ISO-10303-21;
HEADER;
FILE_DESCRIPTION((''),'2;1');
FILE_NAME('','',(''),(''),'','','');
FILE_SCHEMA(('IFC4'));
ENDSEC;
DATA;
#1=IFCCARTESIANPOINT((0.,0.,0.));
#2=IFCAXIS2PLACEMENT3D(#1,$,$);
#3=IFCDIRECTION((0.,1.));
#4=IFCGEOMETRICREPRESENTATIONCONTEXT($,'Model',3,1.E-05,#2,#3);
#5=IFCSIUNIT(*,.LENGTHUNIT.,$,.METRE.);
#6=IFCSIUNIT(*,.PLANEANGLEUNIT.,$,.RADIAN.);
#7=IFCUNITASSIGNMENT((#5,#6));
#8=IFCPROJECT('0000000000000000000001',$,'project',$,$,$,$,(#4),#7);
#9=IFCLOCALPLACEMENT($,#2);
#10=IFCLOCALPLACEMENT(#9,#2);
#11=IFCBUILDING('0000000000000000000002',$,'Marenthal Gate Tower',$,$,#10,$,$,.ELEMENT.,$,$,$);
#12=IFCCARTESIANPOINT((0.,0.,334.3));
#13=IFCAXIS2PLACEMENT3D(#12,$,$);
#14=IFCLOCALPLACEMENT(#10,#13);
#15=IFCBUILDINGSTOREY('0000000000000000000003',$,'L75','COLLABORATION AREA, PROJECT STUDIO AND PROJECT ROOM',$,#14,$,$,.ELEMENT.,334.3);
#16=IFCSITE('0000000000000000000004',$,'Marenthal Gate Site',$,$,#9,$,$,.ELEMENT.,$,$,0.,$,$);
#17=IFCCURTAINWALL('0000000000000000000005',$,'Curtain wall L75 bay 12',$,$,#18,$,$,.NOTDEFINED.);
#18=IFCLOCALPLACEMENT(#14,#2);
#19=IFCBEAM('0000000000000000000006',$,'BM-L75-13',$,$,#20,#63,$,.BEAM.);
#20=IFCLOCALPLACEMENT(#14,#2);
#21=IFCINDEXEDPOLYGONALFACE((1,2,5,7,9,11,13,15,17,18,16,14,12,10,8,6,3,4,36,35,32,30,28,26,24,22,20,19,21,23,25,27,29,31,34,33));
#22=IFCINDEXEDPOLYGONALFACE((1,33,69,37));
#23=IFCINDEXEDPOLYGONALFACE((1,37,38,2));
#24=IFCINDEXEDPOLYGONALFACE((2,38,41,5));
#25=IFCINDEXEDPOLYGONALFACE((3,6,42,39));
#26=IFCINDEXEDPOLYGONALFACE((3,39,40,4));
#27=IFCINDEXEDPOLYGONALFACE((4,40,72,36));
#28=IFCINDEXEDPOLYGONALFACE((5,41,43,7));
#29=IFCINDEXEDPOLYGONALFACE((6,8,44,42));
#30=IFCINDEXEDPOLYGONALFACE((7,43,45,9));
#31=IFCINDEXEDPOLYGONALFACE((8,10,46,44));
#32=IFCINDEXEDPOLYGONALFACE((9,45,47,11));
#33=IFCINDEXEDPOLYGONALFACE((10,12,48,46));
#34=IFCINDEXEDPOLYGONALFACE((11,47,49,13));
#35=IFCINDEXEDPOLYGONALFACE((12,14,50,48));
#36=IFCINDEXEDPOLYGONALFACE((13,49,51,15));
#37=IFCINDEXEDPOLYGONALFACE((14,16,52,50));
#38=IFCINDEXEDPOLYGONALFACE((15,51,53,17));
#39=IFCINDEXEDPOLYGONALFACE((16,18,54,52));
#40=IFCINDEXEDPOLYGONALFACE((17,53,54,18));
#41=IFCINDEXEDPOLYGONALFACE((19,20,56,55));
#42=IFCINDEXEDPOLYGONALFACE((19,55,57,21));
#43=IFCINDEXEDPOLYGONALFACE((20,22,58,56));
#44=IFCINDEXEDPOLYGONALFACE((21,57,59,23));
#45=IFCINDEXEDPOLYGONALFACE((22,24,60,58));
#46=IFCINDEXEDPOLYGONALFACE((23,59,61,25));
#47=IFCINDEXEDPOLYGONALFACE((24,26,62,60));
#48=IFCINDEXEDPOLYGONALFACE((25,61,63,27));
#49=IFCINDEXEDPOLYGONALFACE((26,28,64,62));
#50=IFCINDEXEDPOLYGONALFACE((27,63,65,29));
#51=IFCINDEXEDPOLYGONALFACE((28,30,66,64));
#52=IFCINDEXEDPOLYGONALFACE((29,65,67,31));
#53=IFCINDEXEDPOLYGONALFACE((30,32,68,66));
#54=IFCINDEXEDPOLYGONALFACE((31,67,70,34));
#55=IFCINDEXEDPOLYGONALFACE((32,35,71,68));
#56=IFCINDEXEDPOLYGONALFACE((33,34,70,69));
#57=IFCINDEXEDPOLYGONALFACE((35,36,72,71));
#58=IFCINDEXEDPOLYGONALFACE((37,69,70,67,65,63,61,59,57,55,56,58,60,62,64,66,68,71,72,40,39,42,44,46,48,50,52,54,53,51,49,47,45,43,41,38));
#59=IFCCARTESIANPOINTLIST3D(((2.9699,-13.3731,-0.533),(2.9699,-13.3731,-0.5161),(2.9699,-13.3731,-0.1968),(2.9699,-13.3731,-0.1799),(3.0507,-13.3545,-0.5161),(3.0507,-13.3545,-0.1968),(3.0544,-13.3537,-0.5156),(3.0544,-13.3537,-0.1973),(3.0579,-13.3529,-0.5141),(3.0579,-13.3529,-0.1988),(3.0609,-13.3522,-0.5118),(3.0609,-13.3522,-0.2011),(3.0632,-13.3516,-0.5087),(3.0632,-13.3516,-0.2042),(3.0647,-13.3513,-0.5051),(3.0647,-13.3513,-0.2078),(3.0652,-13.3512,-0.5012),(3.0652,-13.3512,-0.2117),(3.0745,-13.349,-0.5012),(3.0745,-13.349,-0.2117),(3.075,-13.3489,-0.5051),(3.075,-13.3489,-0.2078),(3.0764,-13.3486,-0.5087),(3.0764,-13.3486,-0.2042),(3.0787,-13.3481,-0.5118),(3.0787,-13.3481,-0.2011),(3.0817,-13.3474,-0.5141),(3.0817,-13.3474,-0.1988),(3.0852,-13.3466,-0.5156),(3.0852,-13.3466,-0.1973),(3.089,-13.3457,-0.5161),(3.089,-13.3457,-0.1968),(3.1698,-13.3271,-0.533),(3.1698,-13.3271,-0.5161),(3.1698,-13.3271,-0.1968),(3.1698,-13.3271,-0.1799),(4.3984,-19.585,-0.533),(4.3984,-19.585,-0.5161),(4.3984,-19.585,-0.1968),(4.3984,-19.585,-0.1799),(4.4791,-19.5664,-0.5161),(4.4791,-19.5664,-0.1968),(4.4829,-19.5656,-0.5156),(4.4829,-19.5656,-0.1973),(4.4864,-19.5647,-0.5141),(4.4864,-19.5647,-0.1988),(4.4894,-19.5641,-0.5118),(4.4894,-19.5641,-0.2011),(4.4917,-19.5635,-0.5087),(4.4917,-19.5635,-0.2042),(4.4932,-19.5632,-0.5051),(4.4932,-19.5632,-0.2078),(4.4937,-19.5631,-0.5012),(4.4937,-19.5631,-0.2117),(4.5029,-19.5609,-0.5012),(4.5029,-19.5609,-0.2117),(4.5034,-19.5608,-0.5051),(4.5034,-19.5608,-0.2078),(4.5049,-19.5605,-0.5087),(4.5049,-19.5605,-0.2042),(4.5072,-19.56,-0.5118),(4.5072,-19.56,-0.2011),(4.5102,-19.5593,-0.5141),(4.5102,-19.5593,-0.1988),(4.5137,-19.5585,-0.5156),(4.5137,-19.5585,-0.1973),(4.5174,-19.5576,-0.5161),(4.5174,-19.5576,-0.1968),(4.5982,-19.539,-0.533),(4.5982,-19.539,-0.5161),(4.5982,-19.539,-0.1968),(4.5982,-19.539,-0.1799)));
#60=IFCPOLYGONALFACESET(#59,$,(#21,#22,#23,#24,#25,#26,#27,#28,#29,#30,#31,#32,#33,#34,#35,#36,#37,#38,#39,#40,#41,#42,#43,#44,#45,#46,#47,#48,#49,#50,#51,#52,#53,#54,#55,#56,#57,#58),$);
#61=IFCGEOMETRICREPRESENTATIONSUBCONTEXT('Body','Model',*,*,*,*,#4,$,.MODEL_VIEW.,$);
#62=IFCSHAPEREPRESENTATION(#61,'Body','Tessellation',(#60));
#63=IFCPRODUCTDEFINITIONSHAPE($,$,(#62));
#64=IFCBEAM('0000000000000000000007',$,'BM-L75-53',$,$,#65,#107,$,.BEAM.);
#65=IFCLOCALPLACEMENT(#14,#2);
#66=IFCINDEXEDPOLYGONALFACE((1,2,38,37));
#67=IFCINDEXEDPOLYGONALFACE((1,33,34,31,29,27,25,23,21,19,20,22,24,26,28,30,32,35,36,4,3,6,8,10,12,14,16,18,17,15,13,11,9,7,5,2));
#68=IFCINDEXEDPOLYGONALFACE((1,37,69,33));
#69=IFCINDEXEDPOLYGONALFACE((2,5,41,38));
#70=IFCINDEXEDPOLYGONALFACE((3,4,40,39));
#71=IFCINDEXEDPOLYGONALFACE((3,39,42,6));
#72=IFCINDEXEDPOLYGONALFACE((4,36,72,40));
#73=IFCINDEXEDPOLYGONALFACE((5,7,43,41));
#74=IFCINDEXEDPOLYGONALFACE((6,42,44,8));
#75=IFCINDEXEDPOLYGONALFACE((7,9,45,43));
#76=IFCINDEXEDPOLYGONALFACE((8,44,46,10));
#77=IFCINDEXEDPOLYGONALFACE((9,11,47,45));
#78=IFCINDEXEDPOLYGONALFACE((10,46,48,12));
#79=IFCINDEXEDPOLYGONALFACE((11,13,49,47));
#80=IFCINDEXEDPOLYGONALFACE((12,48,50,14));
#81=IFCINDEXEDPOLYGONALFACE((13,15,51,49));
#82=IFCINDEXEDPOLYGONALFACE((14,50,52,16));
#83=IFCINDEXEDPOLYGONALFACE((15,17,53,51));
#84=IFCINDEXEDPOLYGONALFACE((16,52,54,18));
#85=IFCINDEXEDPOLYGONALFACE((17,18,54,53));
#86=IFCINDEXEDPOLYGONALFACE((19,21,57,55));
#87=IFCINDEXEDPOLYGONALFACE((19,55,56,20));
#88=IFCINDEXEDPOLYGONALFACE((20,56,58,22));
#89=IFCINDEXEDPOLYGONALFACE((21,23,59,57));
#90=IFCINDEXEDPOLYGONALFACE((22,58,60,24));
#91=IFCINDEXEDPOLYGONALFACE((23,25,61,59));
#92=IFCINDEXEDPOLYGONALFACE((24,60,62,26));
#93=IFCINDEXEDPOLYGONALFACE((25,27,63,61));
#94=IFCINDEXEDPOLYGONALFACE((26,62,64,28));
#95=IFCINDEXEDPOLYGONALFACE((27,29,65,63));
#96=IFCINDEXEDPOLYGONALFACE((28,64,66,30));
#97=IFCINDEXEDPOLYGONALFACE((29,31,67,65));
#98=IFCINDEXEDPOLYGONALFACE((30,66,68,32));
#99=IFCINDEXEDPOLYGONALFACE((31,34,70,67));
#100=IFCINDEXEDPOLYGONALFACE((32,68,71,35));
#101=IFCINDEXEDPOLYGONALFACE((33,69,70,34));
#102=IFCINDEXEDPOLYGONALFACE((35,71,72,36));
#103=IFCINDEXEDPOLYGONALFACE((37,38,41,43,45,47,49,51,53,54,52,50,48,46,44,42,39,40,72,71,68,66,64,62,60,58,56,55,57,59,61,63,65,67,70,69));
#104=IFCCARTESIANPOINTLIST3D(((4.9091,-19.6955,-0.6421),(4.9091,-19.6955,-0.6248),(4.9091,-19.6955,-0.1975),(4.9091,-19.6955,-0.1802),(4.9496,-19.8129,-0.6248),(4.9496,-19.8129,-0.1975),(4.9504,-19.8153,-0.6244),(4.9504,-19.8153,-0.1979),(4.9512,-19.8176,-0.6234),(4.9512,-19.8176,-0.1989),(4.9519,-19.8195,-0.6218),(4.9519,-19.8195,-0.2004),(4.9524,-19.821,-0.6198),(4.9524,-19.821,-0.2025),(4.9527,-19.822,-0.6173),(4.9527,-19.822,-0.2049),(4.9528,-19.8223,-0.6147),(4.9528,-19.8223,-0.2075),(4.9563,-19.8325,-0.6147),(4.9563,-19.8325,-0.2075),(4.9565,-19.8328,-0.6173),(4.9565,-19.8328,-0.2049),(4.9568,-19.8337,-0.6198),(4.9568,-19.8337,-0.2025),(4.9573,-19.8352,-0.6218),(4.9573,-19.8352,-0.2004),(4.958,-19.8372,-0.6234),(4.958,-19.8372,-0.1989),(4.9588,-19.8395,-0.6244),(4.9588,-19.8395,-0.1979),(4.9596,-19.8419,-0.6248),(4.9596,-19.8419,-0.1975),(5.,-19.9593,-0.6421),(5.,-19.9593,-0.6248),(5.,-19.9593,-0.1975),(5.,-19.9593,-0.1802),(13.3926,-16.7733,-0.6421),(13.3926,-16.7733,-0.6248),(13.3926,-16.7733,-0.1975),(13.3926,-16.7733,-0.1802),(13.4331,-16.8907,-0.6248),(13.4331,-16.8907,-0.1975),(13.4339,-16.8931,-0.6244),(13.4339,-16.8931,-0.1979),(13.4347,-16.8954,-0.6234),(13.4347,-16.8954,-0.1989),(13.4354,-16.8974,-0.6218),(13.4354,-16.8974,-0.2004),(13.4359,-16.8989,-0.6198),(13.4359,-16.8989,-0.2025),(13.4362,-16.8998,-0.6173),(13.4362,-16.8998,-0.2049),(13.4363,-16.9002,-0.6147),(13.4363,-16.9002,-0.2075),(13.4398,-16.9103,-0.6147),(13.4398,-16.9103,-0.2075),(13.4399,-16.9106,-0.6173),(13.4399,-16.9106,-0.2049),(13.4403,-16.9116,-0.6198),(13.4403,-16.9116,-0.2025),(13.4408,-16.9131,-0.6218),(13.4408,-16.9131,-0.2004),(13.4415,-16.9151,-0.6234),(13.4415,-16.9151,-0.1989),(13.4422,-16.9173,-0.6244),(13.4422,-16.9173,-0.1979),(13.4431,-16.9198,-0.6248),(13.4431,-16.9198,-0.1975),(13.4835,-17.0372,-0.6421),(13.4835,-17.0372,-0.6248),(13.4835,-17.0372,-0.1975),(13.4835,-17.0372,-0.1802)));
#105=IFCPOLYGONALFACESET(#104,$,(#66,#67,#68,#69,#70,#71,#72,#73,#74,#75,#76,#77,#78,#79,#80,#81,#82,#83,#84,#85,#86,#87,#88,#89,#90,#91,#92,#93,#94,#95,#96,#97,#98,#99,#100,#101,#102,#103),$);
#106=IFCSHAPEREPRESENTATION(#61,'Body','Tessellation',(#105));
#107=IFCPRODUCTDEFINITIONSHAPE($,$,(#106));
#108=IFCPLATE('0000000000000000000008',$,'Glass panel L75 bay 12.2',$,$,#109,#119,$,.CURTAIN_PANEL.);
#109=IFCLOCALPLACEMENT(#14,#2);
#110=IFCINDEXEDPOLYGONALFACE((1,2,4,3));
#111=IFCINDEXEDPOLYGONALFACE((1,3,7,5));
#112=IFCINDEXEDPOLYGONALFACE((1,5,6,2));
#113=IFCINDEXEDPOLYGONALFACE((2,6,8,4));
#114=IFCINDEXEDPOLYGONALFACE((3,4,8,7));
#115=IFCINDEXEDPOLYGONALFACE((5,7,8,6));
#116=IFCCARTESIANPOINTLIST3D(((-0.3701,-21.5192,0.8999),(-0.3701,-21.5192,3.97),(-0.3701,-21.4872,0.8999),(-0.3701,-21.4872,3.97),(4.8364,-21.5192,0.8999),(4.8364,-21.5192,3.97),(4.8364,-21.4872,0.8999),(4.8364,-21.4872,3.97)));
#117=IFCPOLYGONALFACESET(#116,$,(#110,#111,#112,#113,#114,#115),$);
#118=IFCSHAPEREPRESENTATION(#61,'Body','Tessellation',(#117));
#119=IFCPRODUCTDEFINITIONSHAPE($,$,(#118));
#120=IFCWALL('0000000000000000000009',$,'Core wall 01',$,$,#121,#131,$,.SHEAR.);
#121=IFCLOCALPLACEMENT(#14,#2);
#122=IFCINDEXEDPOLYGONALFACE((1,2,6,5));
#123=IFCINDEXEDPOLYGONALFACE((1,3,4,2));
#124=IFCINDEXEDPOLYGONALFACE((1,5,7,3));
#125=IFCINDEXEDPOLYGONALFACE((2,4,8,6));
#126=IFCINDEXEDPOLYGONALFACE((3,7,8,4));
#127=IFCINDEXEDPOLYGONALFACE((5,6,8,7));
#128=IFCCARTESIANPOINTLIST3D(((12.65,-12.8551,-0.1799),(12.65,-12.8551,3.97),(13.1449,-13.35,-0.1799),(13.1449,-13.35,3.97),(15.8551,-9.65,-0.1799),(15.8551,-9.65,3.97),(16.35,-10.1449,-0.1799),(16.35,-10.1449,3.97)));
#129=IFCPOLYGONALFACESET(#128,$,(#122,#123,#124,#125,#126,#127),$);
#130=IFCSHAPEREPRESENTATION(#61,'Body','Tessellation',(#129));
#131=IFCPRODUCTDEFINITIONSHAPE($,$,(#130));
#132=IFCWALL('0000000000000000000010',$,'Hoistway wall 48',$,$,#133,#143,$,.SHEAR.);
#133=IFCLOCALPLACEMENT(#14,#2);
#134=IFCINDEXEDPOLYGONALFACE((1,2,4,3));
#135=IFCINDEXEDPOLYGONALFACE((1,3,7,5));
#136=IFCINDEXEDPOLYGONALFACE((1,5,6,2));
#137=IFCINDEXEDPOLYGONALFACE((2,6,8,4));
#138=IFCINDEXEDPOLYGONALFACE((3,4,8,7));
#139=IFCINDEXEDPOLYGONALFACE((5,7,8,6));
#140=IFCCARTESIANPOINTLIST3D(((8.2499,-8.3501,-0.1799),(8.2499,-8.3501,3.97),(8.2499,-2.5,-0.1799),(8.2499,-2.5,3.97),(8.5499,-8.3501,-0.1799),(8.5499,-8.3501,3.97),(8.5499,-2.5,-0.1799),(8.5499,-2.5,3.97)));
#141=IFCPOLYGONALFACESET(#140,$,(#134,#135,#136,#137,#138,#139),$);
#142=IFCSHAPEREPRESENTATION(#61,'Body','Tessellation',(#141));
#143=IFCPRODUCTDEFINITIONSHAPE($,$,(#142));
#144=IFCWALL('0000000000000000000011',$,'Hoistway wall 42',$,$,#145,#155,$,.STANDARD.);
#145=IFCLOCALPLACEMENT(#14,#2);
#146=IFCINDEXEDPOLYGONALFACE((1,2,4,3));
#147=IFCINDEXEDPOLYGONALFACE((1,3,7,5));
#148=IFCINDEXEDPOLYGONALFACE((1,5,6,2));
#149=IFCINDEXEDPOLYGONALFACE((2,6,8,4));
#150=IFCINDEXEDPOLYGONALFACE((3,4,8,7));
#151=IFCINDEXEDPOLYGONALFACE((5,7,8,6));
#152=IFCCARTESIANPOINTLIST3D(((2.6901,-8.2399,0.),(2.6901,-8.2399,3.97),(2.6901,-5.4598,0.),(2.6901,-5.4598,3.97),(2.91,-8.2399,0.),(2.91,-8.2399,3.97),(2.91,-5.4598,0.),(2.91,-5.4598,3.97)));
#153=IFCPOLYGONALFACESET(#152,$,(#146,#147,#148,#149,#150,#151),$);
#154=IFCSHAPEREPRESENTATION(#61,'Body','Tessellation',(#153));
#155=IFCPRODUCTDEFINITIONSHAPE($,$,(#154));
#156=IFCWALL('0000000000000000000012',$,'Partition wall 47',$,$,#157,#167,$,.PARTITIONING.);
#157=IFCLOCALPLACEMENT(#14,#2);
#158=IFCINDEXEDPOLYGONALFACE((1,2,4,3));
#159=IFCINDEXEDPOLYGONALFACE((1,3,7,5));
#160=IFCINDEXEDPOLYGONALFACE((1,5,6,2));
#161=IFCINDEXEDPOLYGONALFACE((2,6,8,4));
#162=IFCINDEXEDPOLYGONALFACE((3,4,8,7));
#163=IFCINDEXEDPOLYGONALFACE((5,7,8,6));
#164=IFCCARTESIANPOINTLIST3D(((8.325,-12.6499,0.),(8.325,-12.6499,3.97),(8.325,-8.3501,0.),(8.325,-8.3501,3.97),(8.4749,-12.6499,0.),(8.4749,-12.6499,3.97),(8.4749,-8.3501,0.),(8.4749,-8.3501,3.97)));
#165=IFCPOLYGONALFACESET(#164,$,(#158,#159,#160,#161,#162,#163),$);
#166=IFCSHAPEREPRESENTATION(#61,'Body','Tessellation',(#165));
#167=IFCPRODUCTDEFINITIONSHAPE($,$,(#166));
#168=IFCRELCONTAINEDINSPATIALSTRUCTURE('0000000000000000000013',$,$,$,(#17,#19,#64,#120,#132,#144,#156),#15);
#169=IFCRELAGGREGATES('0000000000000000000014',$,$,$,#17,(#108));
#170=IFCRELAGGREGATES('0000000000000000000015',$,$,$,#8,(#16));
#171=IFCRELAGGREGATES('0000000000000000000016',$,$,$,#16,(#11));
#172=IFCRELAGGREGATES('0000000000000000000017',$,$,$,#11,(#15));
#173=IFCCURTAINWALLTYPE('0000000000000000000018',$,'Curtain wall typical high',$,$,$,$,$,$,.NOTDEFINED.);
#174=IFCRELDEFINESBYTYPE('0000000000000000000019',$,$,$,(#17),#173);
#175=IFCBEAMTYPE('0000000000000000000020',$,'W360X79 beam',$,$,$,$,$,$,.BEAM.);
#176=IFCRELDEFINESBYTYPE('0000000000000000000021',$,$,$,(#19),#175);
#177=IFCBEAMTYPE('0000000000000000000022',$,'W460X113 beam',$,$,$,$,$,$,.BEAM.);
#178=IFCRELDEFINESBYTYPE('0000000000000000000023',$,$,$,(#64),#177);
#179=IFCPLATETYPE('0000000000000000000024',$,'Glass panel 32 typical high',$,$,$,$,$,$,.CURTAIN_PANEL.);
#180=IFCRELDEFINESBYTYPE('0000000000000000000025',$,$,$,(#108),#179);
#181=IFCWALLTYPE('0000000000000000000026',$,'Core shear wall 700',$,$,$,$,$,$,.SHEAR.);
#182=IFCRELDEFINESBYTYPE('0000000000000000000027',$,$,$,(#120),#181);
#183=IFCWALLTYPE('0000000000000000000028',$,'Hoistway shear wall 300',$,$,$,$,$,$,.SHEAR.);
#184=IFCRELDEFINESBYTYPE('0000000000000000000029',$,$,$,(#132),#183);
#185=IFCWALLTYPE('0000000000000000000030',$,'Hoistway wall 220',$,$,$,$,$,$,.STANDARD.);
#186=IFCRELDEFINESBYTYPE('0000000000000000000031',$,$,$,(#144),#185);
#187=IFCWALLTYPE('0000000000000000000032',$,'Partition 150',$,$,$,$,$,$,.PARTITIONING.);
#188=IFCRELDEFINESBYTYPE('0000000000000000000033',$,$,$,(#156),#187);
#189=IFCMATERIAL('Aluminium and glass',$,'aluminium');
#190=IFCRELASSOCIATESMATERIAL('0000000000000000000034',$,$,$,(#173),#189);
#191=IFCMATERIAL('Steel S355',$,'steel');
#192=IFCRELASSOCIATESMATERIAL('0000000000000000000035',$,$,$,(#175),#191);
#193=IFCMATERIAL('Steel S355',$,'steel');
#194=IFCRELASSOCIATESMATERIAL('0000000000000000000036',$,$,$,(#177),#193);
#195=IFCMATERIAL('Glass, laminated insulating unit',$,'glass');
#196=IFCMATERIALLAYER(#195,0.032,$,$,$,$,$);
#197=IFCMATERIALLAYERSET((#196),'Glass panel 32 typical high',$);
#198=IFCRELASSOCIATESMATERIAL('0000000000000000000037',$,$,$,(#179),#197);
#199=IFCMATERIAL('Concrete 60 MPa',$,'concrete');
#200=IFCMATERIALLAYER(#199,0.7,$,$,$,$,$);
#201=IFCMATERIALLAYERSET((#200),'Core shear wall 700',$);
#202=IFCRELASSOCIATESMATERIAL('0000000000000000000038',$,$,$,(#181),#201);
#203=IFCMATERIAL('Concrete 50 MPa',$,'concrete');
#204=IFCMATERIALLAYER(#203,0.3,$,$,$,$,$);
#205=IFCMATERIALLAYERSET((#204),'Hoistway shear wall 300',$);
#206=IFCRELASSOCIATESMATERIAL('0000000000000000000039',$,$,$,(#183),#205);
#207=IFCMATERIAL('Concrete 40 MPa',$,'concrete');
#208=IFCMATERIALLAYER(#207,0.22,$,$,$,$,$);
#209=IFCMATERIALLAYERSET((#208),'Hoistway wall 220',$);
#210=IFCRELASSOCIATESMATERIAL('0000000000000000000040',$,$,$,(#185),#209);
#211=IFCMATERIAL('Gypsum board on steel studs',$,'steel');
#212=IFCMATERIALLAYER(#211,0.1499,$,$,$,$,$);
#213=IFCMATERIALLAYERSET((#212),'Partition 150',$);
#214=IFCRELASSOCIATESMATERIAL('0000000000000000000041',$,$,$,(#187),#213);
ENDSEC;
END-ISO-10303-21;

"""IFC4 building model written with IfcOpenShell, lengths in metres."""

from ifc_helpers import new_model, si_unit, direction, frame, frame_2d, origin, origin_2d, place, context, subcontext, project, spatial, rectangle, i_section, extrude, material, layer, layer_set, material_profile, profile_set, type_object, element, aggregate, save


model = new_model("IFC4")

# Units and contexts
model_context = context("Model", 3, precision=1e-05, world=origin(), true_north=direction((0.0, 1.0)))
body_context = subcontext(model_context, "Body", "Model", "MODEL_VIEW")
ifc_project = project(units=[si_unit("LENGTHUNIT", "METRE"), si_unit("PLANEANGLEUNIT", "RADIAN")], contexts=[model_context])

# Site, building, storey
site_placement = place(None, origin())
site = spatial("IfcSite", under=ifc_project, at=site_placement, Name="Marenthal Gate Site", CompositionType="ELEMENT", RefElevation=0.0)
building_placement = place(site_placement, origin())
building = spatial("IfcBuilding", under=site, at=building_placement, Name="Marenthal Gate Tower", CompositionType="ELEMENT")
storey_placement = place(building_placement, frame((0.0, 0.0, 334.3)))
storey = spatial("IfcBuildingStorey", under=building, at=storey_placement, Name="L75", Description="COLLABORATION AREA, PROJECT STUDIO AND PROJECT ROOM", CompositionType="ELEMENT", Elevation=334.3)

# Curtain wall
ifc_material_1 = material(Name="Aluminium and glass", Category="aluminium")
curtain_wall_type = type_object("IfcCurtainWallType", Name="Curtain wall typical high", PredefinedType="NOTDEFINED", material=ifc_material_1)
curtain_wall_placement = place(storey_placement, origin())
curtain_wall = element("IfcCurtainWall", 1, at=curtain_wall_placement, inside=storey, type_object=curtain_wall_type, Name="Curtain wall L75 bay 12", PredefinedType="NOTDEFINED")

# Beams
ifc_material_2 = material(Name="Steel S355", Category="steel")
ifc_material_profile_1 = material_profile(ifc_material_2, i_section(OverallWidth=0.2051, OverallDepth=0.353, WebThickness=0.0095, FlangeThickness=0.0168, FilletRadius=0.0149, at=origin_2d()), Name="W360X79")
ifc_profile_set_1 = profile_set([ifc_material_profile_1], Name="Steel S355")
beam_type_1 = type_object("IfcBeamType", Name="W360X79 beam", PredefinedType="BEAM", material=ifc_profile_set_1)
beam_1_placement = place(storey_placement, frame((4.4983, -19.562, -0.3564), z_axis=(-0.224107, 0.974565, 0.0), x_axis=(-0.974565, -0.224107, 0.0)))
element("IfcBeam", 2, at=beam_1_placement, inside=storey, type_object=beam_type_1, Name="BM-L75-13", PredefinedType="BEAM", context=body_context, shape_type="SweptSolid", body=[
    extrude(i_section(OverallWidth=0.2051, OverallDepth=0.353, WebThickness=0.0095, FlangeThickness=0.0168, FilletRadius=0.0149, at=origin_2d()), origin(), (0.0, 0.0, 1.0), 6.374),
])
ifc_material_3 = material(Name="Steel S355", Category="steel")
ifc_material_profile_2 = material_profile(ifc_material_3, i_section(OverallWidth=0.2791, OverallDepth=0.4619, WebThickness=0.0107, FlangeThickness=0.0173, FilletRadius=0.01, at=origin_2d()), Name="W460X113")
ifc_profile_set_2 = profile_set([ifc_material_profile_2], Name="Steel S355")
beam_type_2 = type_object("IfcBeamType", Name="W460X113 beam", PredefinedType="BEAM", material=ifc_profile_set_2)
beam_2_placement = place(storey_placement, frame((4.9546, -19.8274, -0.4111), z_axis=(0.945483, 0.325673, 0.0), x_axis=(-0.325673, 0.945483, 0.0)))
element("IfcBeam", 3, at=beam_2_placement, inside=storey, type_object=beam_type_2, Name="BM-L75-53", PredefinedType="BEAM", context=body_context, shape_type="SweptSolid", body=[
    extrude(i_section(OverallWidth=0.2791, OverallDepth=0.4619, WebThickness=0.0107, FlangeThickness=0.0173, FilletRadius=0.01, at=origin_2d()), origin(), (0.0, 0.0, 1.0), 8.9727),
])

# Plate
ifc_material_4 = material(Name="Glass, laminated insulating unit", Category="glass")
ifc_layer_1 = layer(ifc_material_4, 0.032)
ifc_layer_set_1 = layer_set([ifc_layer_1], Name="Glass panel 32 typical high")
plate_type = type_object("IfcPlateType", Name="Glass panel 32 typical high", PredefinedType="CURTAIN_PANEL", material=ifc_layer_set_1)
plate_placement = place(storey_placement, frame((2.2332, -21.5032, 0.8999), z_axis=(0.0, 0.0, 1.0), x_axis=(1.0, 0.0, 0.0)))
plate = element("IfcPlate", 4, at=plate_placement, type_object=plate_type, Name="Glass panel L75 bay 12.2", PredefinedType="CURTAIN_PANEL", context=body_context, shape_type="SweptSolid", body=[
    extrude(rectangle(XDim=5.2065, YDim=0.032, at=origin_2d()), origin(), (0.0, 0.0, 1.0), 3.0701),
])
aggregate(curtain_wall, [plate])

# Walls
ifc_material_5 = material(Name="Concrete 60 MPa", Category="concrete")
ifc_layer_2 = layer(ifc_material_5, 0.7)
ifc_layer_set_2 = layer_set([ifc_layer_2], Name="Core shear wall 700")
wall_type_1 = type_object("IfcWallType", Name="Core shear wall 700", PredefinedType="SHEAR", material=ifc_layer_set_2)
wall_1_placement = place(storey_placement, frame((12.8975, -13.1025, -0.1799), z_axis=(0.0, 0.0, 1.0), x_axis=(0.707107, 0.707107, 0.0)))
element("IfcWall", 5, at=wall_1_placement, inside=storey, type_object=wall_type_1, Name="Core wall 01", PredefinedType="SHEAR", context=body_context, shape_type="SweptSolid", body=[
    extrude(rectangle(XDim=4.5327, YDim=0.7, at=frame_2d((2.2664, 0.0))), origin(), (0.0, 0.0, 1.0), 4.1499),
])
ifc_material_6 = material(Name="Concrete 50 MPa", Category="concrete")
ifc_layer_3 = layer(ifc_material_6, 0.3)
ifc_layer_set_3 = layer_set([ifc_layer_3], Name="Hoistway shear wall 300")
wall_type_2 = type_object("IfcWallType", Name="Hoistway shear wall 300", PredefinedType="SHEAR", material=ifc_layer_set_3)
wall_2_placement = place(storey_placement, frame((8.3999, -8.3501, -0.1799), z_axis=(0.0, 0.0, 1.0), x_axis=(0.0, 1.0, 0.0)))
element("IfcWall", 6, at=wall_2_placement, inside=storey, type_object=wall_type_2, Name="Hoistway wall 48", PredefinedType="SHEAR", context=body_context, shape_type="SweptSolid", body=[
    extrude(rectangle(XDim=5.8501, YDim=0.3, at=frame_2d((2.925, 0.0))), origin(), (0.0, 0.0, 1.0), 4.1499),
])
ifc_material_7 = material(Name="Concrete 40 MPa", Category="concrete")
ifc_layer_4 = layer(ifc_material_7, 0.22)
ifc_layer_set_4 = layer_set([ifc_layer_4], Name="Hoistway wall 220")
wall_type_3 = type_object("IfcWallType", Name="Hoistway wall 220", PredefinedType="STANDARD", material=ifc_layer_set_4)
wall_3_placement = place(storey_placement, frame((2.8, -8.24, 0.0), z_axis=(0.0, 0.0, 1.0), x_axis=(0.0, 1.0, 0.0)))
element("IfcWall", 7, at=wall_3_placement, inside=storey, type_object=wall_type_3, Name="Hoistway wall 42", PredefinedType="STANDARD", context=body_context, shape_type="SweptSolid", body=[
    extrude(rectangle(XDim=2.78, YDim=0.22, at=frame_2d((1.3901, 0.0))), origin(), (0.0, 0.0, 1.0), 3.97),
])
ifc_material_8 = material(Name="Gypsum board on steel studs", Category="steel")
ifc_layer_5 = layer(ifc_material_8, 0.1499)
ifc_layer_set_5 = layer_set([ifc_layer_5], Name="Partition 150")
wall_type_4 = type_object("IfcWallType", Name="Partition 150", PredefinedType="PARTITIONING", material=ifc_layer_set_5)
wall_4_placement = place(storey_placement, frame((8.3999, -12.6499, 0.0), z_axis=(0.0, 0.0, 1.0), x_axis=(0.0, 1.0, 0.0)))
element("IfcWall", 8, at=wall_4_placement, inside=storey, type_object=wall_type_4, Name="Partition wall 47", PredefinedType="PARTITIONING", context=body_context, shape_type="SweptSolid", body=[
    extrude(rectangle(XDim=4.2998, YDim=0.1499, at=frame_2d((2.1499, 0.0))), origin(), (0.0, 0.0, 1.0), 3.97),
])

save(model, "model.ifc")
